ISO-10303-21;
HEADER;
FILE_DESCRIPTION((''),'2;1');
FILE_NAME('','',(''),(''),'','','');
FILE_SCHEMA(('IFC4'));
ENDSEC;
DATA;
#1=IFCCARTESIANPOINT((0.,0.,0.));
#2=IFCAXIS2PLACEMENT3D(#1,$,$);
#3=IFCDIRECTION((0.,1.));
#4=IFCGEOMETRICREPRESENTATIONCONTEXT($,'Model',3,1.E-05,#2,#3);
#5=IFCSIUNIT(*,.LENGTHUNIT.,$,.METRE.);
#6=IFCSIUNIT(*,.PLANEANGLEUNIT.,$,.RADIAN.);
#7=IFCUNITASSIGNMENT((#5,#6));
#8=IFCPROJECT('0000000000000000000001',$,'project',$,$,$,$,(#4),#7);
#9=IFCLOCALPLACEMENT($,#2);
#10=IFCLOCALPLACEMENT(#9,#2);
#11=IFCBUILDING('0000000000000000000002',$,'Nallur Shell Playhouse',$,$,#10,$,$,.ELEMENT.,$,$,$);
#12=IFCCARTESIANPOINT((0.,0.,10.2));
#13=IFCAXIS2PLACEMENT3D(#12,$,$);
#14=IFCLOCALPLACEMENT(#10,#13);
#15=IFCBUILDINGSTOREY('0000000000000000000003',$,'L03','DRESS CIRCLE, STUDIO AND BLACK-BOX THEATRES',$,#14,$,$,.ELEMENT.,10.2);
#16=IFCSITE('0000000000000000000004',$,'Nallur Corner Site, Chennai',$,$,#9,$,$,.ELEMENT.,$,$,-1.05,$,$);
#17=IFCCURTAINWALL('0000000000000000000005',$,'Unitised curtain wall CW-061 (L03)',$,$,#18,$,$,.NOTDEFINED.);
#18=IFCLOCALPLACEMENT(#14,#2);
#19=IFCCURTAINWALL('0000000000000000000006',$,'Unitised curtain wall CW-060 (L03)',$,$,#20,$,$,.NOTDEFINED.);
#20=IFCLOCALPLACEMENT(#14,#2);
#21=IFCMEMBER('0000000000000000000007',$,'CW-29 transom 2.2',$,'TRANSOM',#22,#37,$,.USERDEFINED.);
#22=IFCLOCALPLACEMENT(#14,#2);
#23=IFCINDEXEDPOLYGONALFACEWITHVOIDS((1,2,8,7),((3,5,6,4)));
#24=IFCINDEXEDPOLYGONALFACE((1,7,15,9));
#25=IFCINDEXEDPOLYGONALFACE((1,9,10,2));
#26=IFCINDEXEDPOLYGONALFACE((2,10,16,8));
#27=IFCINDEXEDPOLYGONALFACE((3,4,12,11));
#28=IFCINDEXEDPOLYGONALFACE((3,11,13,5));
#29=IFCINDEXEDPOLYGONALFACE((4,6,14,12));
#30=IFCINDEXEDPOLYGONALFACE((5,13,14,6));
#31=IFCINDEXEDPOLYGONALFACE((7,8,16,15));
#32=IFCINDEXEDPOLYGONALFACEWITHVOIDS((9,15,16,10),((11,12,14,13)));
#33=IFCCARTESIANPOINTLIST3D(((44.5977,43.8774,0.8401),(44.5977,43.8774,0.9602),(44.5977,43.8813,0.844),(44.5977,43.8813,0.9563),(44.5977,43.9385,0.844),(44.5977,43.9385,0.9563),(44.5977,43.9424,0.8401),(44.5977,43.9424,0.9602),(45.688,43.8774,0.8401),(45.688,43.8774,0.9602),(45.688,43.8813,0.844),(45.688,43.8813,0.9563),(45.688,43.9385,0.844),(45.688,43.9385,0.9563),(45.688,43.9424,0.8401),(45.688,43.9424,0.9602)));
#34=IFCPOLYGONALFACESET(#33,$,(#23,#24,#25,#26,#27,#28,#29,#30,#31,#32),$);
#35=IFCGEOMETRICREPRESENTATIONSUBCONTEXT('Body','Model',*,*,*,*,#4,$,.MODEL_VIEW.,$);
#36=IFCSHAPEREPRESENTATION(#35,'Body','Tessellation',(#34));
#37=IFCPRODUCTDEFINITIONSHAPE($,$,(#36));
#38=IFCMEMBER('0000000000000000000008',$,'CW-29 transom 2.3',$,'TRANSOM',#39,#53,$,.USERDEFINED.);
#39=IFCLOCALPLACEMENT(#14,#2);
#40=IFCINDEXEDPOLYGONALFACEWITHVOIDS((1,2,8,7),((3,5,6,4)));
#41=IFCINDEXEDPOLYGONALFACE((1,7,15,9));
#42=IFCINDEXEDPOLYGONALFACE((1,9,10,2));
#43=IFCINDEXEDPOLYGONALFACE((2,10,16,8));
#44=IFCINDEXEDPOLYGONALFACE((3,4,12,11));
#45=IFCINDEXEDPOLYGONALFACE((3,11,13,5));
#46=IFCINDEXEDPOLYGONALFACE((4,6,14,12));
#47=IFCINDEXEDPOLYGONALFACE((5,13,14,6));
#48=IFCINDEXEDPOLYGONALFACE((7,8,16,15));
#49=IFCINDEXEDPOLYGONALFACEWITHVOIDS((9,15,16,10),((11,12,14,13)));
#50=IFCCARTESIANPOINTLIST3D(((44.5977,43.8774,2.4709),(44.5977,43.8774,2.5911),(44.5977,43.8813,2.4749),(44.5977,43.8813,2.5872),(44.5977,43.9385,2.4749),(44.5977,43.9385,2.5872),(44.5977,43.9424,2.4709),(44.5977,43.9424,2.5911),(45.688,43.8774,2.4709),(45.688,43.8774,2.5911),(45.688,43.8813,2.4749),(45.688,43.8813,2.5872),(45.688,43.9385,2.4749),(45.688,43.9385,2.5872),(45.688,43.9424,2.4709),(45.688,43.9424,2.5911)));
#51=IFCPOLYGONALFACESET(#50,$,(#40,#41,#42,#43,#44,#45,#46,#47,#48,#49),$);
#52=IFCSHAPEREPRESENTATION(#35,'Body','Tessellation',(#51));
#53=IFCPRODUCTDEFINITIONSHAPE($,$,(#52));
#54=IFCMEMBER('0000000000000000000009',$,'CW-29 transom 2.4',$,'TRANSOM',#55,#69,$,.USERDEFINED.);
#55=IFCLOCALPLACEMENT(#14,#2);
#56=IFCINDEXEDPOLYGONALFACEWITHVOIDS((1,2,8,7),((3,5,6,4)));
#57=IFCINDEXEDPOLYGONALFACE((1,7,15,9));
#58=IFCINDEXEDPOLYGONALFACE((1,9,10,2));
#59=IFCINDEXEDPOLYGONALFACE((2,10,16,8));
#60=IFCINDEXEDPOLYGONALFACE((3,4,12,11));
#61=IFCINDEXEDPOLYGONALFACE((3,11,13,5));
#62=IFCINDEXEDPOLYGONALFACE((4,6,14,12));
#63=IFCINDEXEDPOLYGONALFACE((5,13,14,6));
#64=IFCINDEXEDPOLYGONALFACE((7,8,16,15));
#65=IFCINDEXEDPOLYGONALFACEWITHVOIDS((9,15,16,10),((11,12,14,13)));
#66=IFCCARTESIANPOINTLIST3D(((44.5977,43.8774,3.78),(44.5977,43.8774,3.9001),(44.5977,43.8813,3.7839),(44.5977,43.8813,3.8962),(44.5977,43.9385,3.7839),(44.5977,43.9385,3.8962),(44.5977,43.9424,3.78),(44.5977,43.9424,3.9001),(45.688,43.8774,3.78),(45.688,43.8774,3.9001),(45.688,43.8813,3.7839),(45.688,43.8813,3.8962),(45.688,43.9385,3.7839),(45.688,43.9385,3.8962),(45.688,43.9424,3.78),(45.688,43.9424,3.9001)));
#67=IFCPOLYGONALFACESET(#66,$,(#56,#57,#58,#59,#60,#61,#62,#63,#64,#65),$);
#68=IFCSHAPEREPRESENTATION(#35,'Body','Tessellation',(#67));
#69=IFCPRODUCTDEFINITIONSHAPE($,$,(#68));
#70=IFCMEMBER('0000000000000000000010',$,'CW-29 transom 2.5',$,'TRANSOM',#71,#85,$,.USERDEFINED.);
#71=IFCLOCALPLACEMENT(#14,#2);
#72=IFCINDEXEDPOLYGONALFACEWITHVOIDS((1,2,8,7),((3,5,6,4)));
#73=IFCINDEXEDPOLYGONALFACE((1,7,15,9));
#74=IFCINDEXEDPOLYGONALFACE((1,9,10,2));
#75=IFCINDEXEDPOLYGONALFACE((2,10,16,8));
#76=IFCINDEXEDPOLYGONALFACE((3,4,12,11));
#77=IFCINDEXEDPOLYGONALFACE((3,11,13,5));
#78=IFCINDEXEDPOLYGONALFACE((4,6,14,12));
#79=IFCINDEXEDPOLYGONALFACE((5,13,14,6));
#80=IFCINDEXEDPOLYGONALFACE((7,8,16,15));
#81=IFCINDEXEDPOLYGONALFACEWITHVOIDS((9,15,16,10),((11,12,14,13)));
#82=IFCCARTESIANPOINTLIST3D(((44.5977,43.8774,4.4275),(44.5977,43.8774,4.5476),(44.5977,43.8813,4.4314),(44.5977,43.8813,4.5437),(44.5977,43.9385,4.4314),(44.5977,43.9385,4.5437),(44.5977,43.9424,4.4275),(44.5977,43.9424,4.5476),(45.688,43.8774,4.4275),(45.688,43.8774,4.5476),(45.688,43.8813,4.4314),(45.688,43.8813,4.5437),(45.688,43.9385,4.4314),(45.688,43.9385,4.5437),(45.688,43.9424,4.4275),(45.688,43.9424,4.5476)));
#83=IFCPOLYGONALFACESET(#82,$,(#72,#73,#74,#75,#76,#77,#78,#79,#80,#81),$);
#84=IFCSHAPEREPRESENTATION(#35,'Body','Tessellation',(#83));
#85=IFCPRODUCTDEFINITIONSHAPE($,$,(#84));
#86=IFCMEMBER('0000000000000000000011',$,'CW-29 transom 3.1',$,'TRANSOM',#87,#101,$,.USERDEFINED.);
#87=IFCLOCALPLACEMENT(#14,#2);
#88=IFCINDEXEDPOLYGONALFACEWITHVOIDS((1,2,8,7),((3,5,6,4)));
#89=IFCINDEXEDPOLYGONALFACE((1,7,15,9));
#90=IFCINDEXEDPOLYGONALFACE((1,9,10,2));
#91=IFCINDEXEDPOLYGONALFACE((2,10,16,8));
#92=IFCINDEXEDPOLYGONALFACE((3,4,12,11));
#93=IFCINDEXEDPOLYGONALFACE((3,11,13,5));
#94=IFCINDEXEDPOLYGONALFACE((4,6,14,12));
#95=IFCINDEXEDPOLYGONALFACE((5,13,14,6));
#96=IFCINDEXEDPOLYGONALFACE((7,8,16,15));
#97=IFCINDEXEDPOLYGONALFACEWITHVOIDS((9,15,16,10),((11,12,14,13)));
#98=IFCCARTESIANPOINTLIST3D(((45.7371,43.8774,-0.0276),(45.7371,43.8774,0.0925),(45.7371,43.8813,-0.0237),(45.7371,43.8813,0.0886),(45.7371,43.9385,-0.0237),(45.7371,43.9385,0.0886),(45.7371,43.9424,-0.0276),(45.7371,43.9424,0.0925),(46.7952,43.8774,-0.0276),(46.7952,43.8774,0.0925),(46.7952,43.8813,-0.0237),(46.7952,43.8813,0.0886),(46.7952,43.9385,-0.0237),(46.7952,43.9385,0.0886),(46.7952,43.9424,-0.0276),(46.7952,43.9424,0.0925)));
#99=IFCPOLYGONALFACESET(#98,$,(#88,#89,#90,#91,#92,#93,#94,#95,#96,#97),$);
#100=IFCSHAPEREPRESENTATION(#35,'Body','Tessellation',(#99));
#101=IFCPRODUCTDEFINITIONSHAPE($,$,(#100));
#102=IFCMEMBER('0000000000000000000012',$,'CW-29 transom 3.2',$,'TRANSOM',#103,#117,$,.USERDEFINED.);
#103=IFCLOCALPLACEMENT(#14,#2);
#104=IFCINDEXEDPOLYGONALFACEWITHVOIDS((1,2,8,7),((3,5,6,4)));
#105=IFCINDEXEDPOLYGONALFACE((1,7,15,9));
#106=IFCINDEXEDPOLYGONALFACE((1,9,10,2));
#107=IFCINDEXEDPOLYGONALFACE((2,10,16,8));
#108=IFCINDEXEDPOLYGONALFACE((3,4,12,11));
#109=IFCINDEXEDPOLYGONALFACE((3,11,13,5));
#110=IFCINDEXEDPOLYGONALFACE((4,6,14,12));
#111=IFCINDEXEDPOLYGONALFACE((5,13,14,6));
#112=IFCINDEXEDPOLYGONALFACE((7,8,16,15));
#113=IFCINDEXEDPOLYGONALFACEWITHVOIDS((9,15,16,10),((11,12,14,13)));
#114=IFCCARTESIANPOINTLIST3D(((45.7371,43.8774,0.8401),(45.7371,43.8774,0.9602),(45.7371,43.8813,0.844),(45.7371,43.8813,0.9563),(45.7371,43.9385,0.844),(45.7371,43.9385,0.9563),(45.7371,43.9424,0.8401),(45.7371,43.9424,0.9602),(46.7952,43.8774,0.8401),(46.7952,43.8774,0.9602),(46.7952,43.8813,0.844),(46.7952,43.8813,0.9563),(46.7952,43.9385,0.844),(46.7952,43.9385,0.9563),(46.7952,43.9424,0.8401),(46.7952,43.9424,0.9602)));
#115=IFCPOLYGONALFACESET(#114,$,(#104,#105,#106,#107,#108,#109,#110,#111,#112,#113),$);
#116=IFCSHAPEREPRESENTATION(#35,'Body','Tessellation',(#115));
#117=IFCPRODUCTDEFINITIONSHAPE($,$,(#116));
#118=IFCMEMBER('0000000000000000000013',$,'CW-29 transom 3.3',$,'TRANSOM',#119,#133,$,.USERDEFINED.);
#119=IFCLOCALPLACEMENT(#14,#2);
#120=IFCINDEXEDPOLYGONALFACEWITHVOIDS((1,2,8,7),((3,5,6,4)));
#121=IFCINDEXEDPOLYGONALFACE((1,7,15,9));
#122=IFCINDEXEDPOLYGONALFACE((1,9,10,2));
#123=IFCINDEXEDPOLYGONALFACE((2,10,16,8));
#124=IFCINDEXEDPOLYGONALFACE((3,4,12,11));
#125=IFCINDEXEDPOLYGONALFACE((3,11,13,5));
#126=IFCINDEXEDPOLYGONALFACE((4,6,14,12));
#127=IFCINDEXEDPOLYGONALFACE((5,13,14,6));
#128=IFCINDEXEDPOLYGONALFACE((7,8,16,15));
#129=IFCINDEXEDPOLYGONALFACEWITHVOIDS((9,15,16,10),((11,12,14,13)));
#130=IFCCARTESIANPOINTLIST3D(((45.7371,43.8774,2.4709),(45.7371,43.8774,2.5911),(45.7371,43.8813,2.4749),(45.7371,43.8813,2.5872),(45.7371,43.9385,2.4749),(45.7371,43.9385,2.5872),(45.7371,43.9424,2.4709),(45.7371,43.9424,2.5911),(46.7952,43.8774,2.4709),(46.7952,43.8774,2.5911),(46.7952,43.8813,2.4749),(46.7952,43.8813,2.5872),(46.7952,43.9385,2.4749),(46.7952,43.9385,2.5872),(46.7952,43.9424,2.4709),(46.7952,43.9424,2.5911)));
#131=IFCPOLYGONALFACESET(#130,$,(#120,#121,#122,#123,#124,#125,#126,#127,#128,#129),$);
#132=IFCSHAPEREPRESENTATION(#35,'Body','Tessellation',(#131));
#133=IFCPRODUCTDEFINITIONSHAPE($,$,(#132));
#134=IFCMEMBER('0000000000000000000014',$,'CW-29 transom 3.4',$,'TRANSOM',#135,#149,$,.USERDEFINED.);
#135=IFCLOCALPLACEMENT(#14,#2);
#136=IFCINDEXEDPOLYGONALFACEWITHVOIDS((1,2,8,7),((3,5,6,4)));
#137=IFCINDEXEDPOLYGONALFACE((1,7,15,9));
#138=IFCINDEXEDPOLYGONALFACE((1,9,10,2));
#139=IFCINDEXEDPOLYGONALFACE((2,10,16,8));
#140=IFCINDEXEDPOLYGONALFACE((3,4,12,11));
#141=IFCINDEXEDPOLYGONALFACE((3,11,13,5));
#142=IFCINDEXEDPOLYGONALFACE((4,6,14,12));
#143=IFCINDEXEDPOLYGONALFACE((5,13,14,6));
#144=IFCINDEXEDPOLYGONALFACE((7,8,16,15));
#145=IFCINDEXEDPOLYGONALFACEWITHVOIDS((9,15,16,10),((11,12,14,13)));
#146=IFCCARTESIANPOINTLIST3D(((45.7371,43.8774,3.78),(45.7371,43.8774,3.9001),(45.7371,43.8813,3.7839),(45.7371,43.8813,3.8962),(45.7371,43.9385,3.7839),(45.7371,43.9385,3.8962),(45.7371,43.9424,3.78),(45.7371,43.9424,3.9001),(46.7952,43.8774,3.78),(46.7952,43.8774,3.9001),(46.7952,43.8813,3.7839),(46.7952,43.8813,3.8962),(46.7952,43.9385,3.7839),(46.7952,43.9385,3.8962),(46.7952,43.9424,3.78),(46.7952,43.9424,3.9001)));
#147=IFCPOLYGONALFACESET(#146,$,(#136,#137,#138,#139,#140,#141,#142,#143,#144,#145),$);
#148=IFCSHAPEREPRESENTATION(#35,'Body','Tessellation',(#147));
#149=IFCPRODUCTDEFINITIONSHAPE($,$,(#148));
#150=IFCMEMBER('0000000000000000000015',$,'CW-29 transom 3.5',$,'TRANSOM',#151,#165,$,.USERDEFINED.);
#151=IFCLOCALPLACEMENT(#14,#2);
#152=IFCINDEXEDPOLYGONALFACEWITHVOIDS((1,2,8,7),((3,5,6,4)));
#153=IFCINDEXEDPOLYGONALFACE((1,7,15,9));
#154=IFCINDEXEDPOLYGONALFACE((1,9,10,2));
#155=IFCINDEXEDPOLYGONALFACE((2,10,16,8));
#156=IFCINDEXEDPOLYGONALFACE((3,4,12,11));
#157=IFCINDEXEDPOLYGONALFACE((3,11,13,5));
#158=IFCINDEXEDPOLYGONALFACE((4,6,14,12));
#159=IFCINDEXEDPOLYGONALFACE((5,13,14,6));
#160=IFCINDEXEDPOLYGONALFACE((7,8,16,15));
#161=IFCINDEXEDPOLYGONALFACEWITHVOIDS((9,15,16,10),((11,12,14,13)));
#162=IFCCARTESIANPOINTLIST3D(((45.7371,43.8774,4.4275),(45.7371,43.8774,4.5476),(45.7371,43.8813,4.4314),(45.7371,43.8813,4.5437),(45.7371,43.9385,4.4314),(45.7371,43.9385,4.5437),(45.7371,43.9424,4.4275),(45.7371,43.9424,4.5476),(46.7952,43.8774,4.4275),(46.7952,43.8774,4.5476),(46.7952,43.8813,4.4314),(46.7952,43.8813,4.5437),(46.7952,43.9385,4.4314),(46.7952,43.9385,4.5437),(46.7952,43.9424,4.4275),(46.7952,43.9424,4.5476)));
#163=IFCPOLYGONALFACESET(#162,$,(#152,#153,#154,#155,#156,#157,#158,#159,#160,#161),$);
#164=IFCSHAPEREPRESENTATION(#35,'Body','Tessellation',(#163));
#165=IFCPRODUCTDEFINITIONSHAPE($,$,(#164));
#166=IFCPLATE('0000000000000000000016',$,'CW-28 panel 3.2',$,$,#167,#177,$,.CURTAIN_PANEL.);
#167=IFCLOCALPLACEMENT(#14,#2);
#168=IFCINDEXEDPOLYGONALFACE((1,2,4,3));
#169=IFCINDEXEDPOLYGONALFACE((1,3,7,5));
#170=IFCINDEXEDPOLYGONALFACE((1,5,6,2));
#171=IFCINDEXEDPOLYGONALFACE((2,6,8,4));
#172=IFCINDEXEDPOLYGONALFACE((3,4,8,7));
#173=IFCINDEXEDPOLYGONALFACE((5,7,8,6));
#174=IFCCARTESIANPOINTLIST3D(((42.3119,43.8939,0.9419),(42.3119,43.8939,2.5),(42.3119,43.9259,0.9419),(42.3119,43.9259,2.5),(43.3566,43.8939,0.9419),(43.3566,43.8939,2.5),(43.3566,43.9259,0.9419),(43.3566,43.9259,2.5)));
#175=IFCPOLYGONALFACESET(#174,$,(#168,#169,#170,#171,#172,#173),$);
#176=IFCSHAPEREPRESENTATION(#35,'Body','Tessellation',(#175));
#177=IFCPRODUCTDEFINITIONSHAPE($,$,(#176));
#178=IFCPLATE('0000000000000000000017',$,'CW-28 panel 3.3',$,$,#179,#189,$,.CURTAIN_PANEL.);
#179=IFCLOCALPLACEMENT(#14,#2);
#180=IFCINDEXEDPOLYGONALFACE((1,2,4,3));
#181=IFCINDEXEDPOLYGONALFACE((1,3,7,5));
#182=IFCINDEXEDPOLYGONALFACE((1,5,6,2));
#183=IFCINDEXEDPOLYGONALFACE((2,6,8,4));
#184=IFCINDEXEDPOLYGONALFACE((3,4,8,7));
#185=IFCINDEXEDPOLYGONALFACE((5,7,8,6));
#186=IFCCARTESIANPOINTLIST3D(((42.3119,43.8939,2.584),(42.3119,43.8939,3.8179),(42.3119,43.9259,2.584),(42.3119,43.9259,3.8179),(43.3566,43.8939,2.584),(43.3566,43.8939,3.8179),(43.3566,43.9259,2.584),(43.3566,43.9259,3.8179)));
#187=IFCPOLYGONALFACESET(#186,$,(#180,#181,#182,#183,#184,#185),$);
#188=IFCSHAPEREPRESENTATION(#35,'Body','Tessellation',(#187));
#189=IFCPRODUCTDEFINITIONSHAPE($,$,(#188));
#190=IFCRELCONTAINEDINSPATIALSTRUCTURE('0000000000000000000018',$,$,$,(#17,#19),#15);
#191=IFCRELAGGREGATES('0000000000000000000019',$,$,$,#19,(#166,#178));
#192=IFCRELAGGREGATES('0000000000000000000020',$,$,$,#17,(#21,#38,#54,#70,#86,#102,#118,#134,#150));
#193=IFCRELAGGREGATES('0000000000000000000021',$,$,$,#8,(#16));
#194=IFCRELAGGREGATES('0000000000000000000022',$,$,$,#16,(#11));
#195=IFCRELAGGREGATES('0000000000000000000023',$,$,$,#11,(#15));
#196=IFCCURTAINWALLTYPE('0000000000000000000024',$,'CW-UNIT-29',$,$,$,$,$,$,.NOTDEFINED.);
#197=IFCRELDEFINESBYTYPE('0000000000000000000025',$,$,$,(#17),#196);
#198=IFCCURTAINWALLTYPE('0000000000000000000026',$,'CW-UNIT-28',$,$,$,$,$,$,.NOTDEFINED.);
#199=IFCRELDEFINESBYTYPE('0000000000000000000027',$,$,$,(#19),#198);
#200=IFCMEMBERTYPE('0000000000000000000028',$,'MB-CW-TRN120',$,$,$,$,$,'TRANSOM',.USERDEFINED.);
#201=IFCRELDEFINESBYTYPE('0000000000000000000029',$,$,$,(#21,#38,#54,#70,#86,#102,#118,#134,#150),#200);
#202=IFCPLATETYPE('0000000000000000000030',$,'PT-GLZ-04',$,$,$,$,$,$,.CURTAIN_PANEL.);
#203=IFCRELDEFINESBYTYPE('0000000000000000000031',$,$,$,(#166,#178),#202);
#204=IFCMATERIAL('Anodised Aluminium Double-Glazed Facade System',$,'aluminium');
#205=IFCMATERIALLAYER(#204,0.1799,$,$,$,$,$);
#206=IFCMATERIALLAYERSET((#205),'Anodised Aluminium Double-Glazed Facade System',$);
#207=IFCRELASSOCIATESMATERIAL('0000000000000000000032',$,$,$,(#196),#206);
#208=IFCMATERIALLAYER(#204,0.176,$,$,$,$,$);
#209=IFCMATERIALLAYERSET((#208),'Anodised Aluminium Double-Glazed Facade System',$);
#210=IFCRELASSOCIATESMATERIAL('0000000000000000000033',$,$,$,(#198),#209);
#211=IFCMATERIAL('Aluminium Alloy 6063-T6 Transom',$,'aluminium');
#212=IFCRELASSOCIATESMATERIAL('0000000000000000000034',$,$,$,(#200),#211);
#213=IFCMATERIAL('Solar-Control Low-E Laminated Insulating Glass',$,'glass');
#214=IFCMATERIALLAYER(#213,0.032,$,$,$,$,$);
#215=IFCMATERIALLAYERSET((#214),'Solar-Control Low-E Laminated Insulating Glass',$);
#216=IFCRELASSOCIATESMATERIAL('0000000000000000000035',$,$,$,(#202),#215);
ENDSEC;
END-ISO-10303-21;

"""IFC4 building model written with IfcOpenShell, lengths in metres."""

from ifc_helpers import new_model, si_unit, direction, frame, origin, origin_2d, place, context, subcontext, project, spatial, rectangle, hollow_rectangle, extrude, material, layer, layer_set, material_profile, profile_set, type_object, element, aggregate, save


model = new_model("IFC4")

# Units and contexts
model_context = context("Model", 3, precision=1e-05, world=origin(), true_north=direction((0.0, 1.0)))
body_context = subcontext(model_context, "Body", "Model", "MODEL_VIEW")
ifc_project = project(units=[si_unit("LENGTHUNIT", "METRE"), si_unit("PLANEANGLEUNIT", "RADIAN")], contexts=[model_context])

# Site, building, storey
site_placement = place(None, origin())
site = spatial("IfcSite", under=ifc_project, at=site_placement, Name="Nallur Corner Site, Chennai", CompositionType="ELEMENT", RefElevation=-1.05)
building_placement = place(site_placement, origin())
building = spatial("IfcBuilding", under=site, at=building_placement, Name="Nallur Shell Playhouse", CompositionType="ELEMENT")
storey_placement = place(building_placement, frame((0.0, 0.0, 10.2)))
storey = spatial("IfcBuildingStorey", under=building, at=storey_placement, Name="L03", Description="DRESS CIRCLE, STUDIO AND BLACK-BOX THEATRES", CompositionType="ELEMENT", Elevation=10.2)

# Curtain wall
ifc_material_1 = material(Name="Anodised Aluminium Double-Glazed Facade System", Category="aluminium")
ifc_layer_1 = layer(ifc_material_1, 0.1799)
ifc_layer_set_1 = layer_set([ifc_layer_1], Name="Anodised Aluminium Double-Glazed Facade System")
curtain_wall_type_1 = type_object("IfcCurtainWallType", Name="CW-UNIT-29", PredefinedType="NOTDEFINED", material=ifc_layer_set_1)
curtain_wall_1_placement = place(storey_placement, origin())
curtain_wall_1 = element("IfcCurtainWall", 1, at=curtain_wall_1_placement, inside=storey, type_object=curtain_wall_type_1, Name="Unitised curtain wall CW-061 (L03)", PredefinedType="NOTDEFINED")

# Curtain wall
ifc_layer_2 = layer(ifc_material_1, 0.176)
ifc_layer_set_2 = layer_set([ifc_layer_2], Name="Anodised Aluminium Double-Glazed Facade System")
curtain_wall_type_2 = type_object("IfcCurtainWallType", Name="CW-UNIT-28", PredefinedType="NOTDEFINED", material=ifc_layer_set_2)
curtain_wall_2_placement = place(storey_placement, origin())
curtain_wall_2 = element("IfcCurtainWall", 2, at=curtain_wall_2_placement, inside=storey, type_object=curtain_wall_type_2, Name="Unitised curtain wall CW-060 (L03)", PredefinedType="NOTDEFINED")

# Members
ifc_material_2 = material(Name="Aluminium Alloy 6063-T6 Transom", Category="aluminium")
ifc_material_profile_1 = material_profile(ifc_material_2, hollow_rectangle(XDim=0.0649, YDim=0.1201, WallThickness=0.0039, at=origin_2d()), Name="ALU 65x120x4")
ifc_profile_set_1 = profile_set([ifc_material_profile_1], Name="Aluminium Alloy 6063-T6 Transom")
member_type_1 = type_object("IfcMemberType", Name="MB-CW-TRN120", ElementType="TRANSOM", PredefinedType="USERDEFINED", material=ifc_profile_set_1)
member_1_placement = place(storey_placement, frame((44.5977, 43.9099, 0.9001), z_axis=(1.0, 0.0, 0.0), x_axis=(0.0, 1.0, 0.0)))
member_1 = element("IfcMember", 3, at=member_1_placement, type_object=member_type_1, Name="CW-29 transom 2.2", ObjectType="TRANSOM", PredefinedType="USERDEFINED", context=body_context, shape_type="SweptSolid", body=[
    extrude(hollow_rectangle(XDim=0.0649, YDim=0.1201, WallThickness=0.0039, at=origin_2d()), origin(), (0.0, 0.0, 1.0), 1.0903),
])
member_2_placement = place(storey_placement, frame((44.5977, 43.9099, 2.531), z_axis=(1.0, 0.0, 0.0), x_axis=(0.0, 1.0, 0.0)))
member_2 = element("IfcMember", 4, at=member_2_placement, type_object=member_type_1, Name="CW-29 transom 2.3", ObjectType="TRANSOM", PredefinedType="USERDEFINED", context=body_context, shape_type="SweptSolid", body=[
    extrude(hollow_rectangle(XDim=0.0649, YDim=0.1201, WallThickness=0.0039, at=origin_2d()), origin(), (0.0, 0.0, 1.0), 1.0903),
])
member_3_placement = place(storey_placement, frame((44.5977, 43.9099, 3.8401), z_axis=(1.0, 0.0, 0.0), x_axis=(0.0, 1.0, 0.0)))
member_3 = element("IfcMember", 5, at=member_3_placement, type_object=member_type_1, Name="CW-29 transom 2.4", ObjectType="TRANSOM", PredefinedType="USERDEFINED", context=body_context, shape_type="SweptSolid", body=[
    extrude(hollow_rectangle(XDim=0.0649, YDim=0.1201, WallThickness=0.0039, at=origin_2d()), origin(), (0.0, 0.0, 1.0), 1.0903),
])
member_4_placement = place(storey_placement, frame((44.5977, 43.9099, 4.4875), z_axis=(1.0, 0.0, 0.0), x_axis=(0.0, 1.0, 0.0)))
member_4 = element("IfcMember", 6, at=member_4_placement, type_object=member_type_1, Name="CW-29 transom 2.5", ObjectType="TRANSOM", PredefinedType="USERDEFINED", context=body_context, shape_type="SweptSolid", body=[
    extrude(hollow_rectangle(XDim=0.0649, YDim=0.1201, WallThickness=0.0039, at=origin_2d()), origin(), (0.0, 0.0, 1.0), 1.0903),
])
member_5_placement = place(storey_placement, frame((45.7371, 43.9099, 0.0325), z_axis=(1.0, 0.0, 0.0), x_axis=(0.0, 1.0, 0.0)))
member_5 = element("IfcMember", 7, at=member_5_placement, type_object=member_type_1, Name="CW-29 transom 3.1", ObjectType="TRANSOM", PredefinedType="USERDEFINED", context=body_context, shape_type="SweptSolid", body=[
    extrude(hollow_rectangle(XDim=0.0649, YDim=0.1201, WallThickness=0.0039, at=origin_2d()), origin(), (0.0, 0.0, 1.0), 1.0581),
])
member_6_placement = place(storey_placement, frame((45.7371, 43.9099, 0.9001), z_axis=(1.0, 0.0, 0.0), x_axis=(0.0, 1.0, 0.0)))
member_6 = element("IfcMember", 8, at=member_6_placement, type_object=member_type_1, Name="CW-29 transom 3.2", ObjectType="TRANSOM", PredefinedType="USERDEFINED", context=body_context, shape_type="SweptSolid", body=[
    extrude(hollow_rectangle(XDim=0.0649, YDim=0.1201, WallThickness=0.0039, at=origin_2d()), origin(), (0.0, 0.0, 1.0), 1.0581),
])
member_7_placement = place(storey_placement, frame((45.7371, 43.9099, 2.531), z_axis=(1.0, 0.0, 0.0), x_axis=(0.0, 1.0, 0.0)))
member_7 = element("IfcMember", 9, at=member_7_placement, type_object=member_type_1, Name="CW-29 transom 3.3", ObjectType="TRANSOM", PredefinedType="USERDEFINED", context=body_context, shape_type="SweptSolid", body=[
    extrude(hollow_rectangle(XDim=0.0649, YDim=0.1201, WallThickness=0.0039, at=origin_2d()), origin(), (0.0, 0.0, 1.0), 1.0581),
])
member_8_placement = place(storey_placement, frame((45.7371, 43.9099, 3.8401), z_axis=(1.0, 0.0, 0.0), x_axis=(0.0, 1.0, 0.0)))
member_8 = element("IfcMember", 10, at=member_8_placement, type_object=member_type_1, Name="CW-29 transom 3.4", ObjectType="TRANSOM", PredefinedType="USERDEFINED", context=body_context, shape_type="SweptSolid", body=[
    extrude(hollow_rectangle(XDim=0.0649, YDim=0.1201, WallThickness=0.0039, at=origin_2d()), origin(), (0.0, 0.0, 1.0), 1.0581),
])
member_9_placement = place(storey_placement, frame((45.7371, 43.9099, 4.4875), z_axis=(1.0, 0.0, 0.0), x_axis=(0.0, 1.0, 0.0)))
member_9 = element("IfcMember", 11, at=member_9_placement, type_object=member_type_1, Name="CW-29 transom 3.5", ObjectType="TRANSOM", PredefinedType="USERDEFINED", context=body_context, shape_type="SweptSolid", body=[
    extrude(hollow_rectangle(XDim=0.0649, YDim=0.1201, WallThickness=0.0039, at=origin_2d()), origin(), (0.0, 0.0, 1.0), 1.0581),
])

# Plates
ifc_material_3 = material(Name="Solar-Control Low-E Laminated Insulating Glass", Category="glass")
ifc_layer_3 = layer(ifc_material_3, 0.032)
ifc_layer_set_3 = layer_set([ifc_layer_3], Name="Solar-Control Low-E Laminated Insulating Glass")
plate_type_1 = type_object("IfcPlateType", Name="PT-GLZ-04", PredefinedType="CURTAIN_PANEL", material=ifc_layer_set_3)
plate_1_placement = place(storey_placement, frame((42.8342, 43.9099, 0.9419), z_axis=(0.0, 0.0, 1.0), x_axis=(1.0, 0.0, 0.0)))
plate_1 = element("IfcPlate", 12, at=plate_1_placement, type_object=plate_type_1, Name="CW-28 panel 3.2", PredefinedType="CURTAIN_PANEL", context=body_context, shape_type="SweptSolid", body=[
    extrude(rectangle(XDim=1.0447, YDim=0.032, at=origin_2d()), origin(), (0.0, 0.0, 1.0), 1.5581),
])
plate_2_placement = place(storey_placement, frame((42.8342, 43.9099, 2.584), z_axis=(0.0, 0.0, 1.0), x_axis=(1.0, 0.0, 0.0)))
plate_2 = element("IfcPlate", 13, at=plate_2_placement, type_object=plate_type_1, Name="CW-28 panel 3.3", PredefinedType="CURTAIN_PANEL", context=body_context, shape_type="SweptSolid", body=[
    extrude(rectangle(XDim=1.0447, YDim=0.032, at=origin_2d()), origin(), (0.0, 0.0, 1.0), 1.2339),
])
aggregate(curtain_wall_2, [plate_1, plate_2])
aggregate(curtain_wall_1, [member_1, member_2, member_3, member_4, member_5, member_6, member_7, member_8, member_9])

save(model, "model.ifc")
